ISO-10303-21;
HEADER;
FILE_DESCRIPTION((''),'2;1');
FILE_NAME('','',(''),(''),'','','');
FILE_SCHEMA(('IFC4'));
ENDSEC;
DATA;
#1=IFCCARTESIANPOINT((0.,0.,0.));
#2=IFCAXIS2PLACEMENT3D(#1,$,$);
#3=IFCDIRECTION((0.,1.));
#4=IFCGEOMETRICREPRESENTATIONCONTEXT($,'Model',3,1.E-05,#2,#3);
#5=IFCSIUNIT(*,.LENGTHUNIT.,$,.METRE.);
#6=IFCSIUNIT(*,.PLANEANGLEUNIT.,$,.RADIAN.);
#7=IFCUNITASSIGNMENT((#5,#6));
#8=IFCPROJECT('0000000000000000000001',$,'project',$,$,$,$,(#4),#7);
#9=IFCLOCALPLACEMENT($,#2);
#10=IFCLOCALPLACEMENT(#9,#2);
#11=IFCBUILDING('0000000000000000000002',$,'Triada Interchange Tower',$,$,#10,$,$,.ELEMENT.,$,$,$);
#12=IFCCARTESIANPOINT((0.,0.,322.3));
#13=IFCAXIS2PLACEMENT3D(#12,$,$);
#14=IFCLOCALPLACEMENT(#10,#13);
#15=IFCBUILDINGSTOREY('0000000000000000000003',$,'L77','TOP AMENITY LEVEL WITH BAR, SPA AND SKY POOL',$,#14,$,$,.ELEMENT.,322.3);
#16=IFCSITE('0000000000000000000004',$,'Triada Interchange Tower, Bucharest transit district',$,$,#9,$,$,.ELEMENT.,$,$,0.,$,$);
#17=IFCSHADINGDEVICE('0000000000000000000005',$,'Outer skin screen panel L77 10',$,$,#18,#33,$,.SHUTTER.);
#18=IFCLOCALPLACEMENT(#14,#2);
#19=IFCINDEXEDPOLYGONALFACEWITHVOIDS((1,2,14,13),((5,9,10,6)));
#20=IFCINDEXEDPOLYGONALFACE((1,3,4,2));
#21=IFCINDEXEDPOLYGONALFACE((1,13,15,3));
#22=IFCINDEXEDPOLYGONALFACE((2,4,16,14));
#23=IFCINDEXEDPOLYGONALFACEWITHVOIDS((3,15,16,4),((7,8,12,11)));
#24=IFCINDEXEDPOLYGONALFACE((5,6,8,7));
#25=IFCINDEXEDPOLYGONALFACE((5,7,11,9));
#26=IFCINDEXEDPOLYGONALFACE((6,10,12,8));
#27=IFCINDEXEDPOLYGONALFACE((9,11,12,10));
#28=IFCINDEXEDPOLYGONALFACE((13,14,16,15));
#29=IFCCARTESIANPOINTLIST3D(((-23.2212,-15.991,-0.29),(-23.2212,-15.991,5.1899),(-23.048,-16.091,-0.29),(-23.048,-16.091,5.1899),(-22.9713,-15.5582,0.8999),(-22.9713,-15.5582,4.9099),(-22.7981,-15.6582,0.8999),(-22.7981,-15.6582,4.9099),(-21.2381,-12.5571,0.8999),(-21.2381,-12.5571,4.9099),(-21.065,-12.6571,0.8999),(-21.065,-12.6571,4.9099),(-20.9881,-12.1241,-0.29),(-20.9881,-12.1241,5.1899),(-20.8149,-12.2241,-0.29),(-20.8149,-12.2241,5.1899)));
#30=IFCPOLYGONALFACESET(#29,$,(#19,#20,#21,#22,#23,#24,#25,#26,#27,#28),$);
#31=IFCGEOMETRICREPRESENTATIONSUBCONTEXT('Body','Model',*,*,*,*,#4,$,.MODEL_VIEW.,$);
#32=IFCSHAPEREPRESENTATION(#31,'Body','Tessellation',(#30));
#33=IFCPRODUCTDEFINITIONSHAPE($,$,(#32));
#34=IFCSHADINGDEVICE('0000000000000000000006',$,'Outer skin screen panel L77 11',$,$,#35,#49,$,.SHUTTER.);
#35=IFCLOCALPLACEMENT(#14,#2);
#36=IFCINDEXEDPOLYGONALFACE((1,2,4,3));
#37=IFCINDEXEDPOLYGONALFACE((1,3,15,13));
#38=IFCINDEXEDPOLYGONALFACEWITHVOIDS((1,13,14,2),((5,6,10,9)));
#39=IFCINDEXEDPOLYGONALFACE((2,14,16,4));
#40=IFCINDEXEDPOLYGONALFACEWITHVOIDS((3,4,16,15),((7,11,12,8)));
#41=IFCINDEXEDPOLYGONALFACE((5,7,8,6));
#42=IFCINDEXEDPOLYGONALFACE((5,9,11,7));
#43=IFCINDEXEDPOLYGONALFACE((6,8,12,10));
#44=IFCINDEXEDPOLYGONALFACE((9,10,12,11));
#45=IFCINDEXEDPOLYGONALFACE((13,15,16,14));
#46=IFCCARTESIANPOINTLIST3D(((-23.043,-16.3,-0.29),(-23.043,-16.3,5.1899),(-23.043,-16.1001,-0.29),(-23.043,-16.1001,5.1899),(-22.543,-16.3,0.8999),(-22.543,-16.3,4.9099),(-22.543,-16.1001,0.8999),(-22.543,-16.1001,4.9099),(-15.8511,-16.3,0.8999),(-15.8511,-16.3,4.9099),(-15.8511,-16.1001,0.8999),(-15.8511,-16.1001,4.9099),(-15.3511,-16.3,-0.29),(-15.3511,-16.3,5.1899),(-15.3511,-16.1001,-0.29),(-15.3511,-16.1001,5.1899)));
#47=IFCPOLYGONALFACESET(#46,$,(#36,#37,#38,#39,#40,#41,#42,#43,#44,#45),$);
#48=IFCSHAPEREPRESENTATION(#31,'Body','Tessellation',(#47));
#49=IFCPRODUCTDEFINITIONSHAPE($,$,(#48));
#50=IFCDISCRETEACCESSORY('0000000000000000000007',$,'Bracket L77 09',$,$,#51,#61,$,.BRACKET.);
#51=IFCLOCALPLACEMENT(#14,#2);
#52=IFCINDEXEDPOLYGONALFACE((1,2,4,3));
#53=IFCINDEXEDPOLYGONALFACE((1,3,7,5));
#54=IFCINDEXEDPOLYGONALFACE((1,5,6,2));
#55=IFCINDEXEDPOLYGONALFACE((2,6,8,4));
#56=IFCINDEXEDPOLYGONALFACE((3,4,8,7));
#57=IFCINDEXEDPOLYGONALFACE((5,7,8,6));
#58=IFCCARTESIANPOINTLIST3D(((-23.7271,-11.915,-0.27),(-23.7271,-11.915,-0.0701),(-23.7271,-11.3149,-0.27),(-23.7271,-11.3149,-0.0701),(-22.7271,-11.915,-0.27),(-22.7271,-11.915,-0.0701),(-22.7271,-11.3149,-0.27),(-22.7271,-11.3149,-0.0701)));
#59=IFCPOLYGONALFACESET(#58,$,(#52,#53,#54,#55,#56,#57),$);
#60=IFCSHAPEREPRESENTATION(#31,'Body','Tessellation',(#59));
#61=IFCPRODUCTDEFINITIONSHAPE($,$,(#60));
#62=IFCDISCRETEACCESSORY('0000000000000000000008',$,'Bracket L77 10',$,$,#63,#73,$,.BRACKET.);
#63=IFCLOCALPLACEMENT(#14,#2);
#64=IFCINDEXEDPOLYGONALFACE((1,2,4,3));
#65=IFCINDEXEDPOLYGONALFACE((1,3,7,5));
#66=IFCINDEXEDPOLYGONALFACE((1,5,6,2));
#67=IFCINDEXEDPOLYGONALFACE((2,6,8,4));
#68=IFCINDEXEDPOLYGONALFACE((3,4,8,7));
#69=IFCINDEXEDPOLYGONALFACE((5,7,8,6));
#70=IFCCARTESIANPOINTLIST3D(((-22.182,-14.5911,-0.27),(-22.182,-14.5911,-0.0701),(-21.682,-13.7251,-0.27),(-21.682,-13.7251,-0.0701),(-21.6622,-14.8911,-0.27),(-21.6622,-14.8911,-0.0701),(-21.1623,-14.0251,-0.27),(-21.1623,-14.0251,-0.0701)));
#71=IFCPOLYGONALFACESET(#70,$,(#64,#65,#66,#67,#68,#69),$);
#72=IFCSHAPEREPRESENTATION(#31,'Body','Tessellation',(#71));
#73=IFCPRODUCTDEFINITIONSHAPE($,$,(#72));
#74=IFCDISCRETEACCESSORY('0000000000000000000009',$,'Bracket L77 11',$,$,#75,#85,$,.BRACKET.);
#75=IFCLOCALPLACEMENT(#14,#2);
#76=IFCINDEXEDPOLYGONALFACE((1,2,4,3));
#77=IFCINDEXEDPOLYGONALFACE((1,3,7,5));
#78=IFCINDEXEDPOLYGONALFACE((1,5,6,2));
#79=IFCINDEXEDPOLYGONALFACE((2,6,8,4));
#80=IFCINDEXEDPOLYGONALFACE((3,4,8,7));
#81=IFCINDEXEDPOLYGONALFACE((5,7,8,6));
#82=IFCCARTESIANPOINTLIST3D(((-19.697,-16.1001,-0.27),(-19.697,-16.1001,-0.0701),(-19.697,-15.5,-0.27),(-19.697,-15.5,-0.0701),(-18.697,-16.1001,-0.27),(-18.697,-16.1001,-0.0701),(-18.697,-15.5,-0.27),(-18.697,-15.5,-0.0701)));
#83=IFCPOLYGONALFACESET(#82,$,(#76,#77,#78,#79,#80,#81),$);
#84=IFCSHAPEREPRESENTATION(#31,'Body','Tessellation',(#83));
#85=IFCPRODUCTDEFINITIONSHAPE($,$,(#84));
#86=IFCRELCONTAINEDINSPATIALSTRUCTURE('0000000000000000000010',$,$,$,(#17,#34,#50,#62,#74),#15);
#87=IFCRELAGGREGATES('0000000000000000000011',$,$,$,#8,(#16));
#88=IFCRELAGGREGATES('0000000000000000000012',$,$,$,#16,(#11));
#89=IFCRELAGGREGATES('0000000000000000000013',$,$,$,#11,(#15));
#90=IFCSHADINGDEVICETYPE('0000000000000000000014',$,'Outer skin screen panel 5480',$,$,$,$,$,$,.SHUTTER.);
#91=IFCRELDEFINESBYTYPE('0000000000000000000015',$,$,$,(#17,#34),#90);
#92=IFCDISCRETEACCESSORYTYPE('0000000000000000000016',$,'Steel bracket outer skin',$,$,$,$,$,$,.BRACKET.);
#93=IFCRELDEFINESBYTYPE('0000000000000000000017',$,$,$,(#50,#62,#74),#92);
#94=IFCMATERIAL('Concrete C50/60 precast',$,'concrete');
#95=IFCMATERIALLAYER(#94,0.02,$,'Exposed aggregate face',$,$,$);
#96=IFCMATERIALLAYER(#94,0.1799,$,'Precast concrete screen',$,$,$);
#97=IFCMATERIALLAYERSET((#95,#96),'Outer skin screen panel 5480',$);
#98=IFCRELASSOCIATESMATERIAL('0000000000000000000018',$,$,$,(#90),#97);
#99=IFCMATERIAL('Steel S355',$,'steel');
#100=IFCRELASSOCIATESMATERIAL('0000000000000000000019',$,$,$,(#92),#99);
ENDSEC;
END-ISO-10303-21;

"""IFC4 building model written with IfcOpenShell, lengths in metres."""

from ifc_helpers import new_model, si_unit, direction, frame, origin, origin_2d, place, context, subcontext, project, spatial, polyline, rectangle, outline, extrude, material, layer, layer_set, type_object, element, save


model = new_model("IFC4")

# Units and contexts
model_context = context("Model", 3, precision=1e-05, world=origin(), true_north=direction((0.0, 1.0)))
body_context = subcontext(model_context, "Body", "Model", "MODEL_VIEW")
ifc_project = project(units=[si_unit("LENGTHUNIT", "METRE"), si_unit("PLANEANGLEUNIT", "RADIAN")], contexts=[model_context])

# Site, building, storey
site_placement = place(None, origin())
site = spatial("IfcSite", under=ifc_project, at=site_placement, Name="Triada Interchange Tower, Bucharest transit district", CompositionType="ELEMENT", RefElevation=0.0)
building_placement = place(site_placement, origin())
building = spatial("IfcBuilding", under=site, at=building_placement, Name="Triada Interchange Tower", CompositionType="ELEMENT")
storey_placement = place(building_placement, frame((0.0, 0.0, 322.3)))
storey = spatial("IfcBuildingStorey", under=building, at=storey_placement, Name="L77", Description="TOP AMENITY LEVEL WITH BAR, SPA AND SKY POOL", CompositionType="ELEMENT", Elevation=322.3)

# Shading devices
ifc_material_1 = material(Name="Concrete C50/60 precast", Category="concrete")
ifc_layer_1 = layer(ifc_material_1, 0.02, Name="Exposed aggregate face")
ifc_layer_2 = layer(ifc_material_1, 0.1799, Name="Precast concrete screen")
ifc_layer_set_1 = layer_set([ifc_layer_1, ifc_layer_2], Name="Outer skin screen panel 5480")
shading_device_type = type_object("IfcShadingDeviceType", Name="Outer skin screen panel 5480", PredefinedType="SHUTTER", material=ifc_layer_set_1)
shading_device_1_placement = place(storey_placement, frame((-20.8149, -12.2241, -0.29), z_axis=(0.0, 0.0, 1.0), x_axis=(-0.500096, -0.86597, 0.0)))
element("IfcShadingDevice", 1, at=shading_device_1_placement, inside=storey, type_object=shading_device_type, Name="Outer skin screen panel L77 10", PredefinedType="SHUTTER", context=body_context, shape_type="SweptSolid", body=[
    extrude(outline(polyline([(0.0, 0.0), (4.4653, 0.0), (4.4653, 5.48), (0.0, 5.48), (0.0, 0.0)]), holes=[polyline([(0.5, 1.1899), (0.5, 5.2), (3.9656, 5.2), (3.9656, 1.1899), (0.5, 1.1899)])]), frame((0.0, 0.0, 0.0), z_axis=(0.0, -1.0, 0.0), x_axis=(1.0, 0.0, 0.0)), (0.0, 0.0, 1.0), 0.2),
])
shading_device_2_placement = place(storey_placement, frame((-23.043, -16.1001, -0.29), z_axis=(0.0, 0.0, 1.0), x_axis=(1.0, 0.0, 0.0)))
element("IfcShadingDevice", 2, at=shading_device_2_placement, inside=storey, type_object=shading_device_type, Name="Outer skin screen panel L77 11", PredefinedType="SHUTTER", context=body_context, shape_type="SweptSolid", body=[
    extrude(outline(polyline([(0.0, 0.0), (7.6919, 0.0), (7.6919, 5.48), (0.0, 5.48), (0.0, 0.0)]), holes=[polyline([(0.5, 1.1899), (0.5, 5.2), (7.1919, 5.2), (7.1919, 1.1899), (0.5, 1.1899)])]), frame((0.0, 0.0, 0.0), z_axis=(0.0, -1.0, 0.0), x_axis=(1.0, 0.0, 0.0)), (0.0, 0.0, 1.0), 0.2),
])

# Discrete accessories
ifc_material_2 = material(Name="Steel S355", Category="steel")
discrete_accessory_type = type_object("IfcDiscreteAccessoryType", Name="Steel bracket outer skin", PredefinedType="BRACKET", material=ifc_material_2)
for number, where, z_axis, x_axis, name in (
    (3, (-23.2271, -11.615, -0.27), (0.0, 0.0, 1.0), (0.0, -1.0, 0.0), "Bracket L77 09"),
    (4, (-21.6721, -14.3081, -0.27), (0.0, 0.0, 1.0), (-0.866044, 0.499967, 0.0), "Bracket L77 10"),
    (5, (-19.197, -15.8, -0.27), (0.0, 0.0, 1.0), (0.0, -1.0, 0.0), "Bracket L77 11"),
):
    element("IfcDiscreteAccessory", number, at=place(storey_placement, frame(where, z_axis=z_axis, x_axis=x_axis)), inside=storey, type_object=discrete_accessory_type, Name=name, PredefinedType="BRACKET", context=body_context, shape_type="SweptSolid", body=[
        extrude(rectangle(XDim=0.6001, YDim=1.0, at=origin_2d()), origin(), (0.0, 0.0, 1.0), 0.2),
    ])

save(model, "model.ifc")
